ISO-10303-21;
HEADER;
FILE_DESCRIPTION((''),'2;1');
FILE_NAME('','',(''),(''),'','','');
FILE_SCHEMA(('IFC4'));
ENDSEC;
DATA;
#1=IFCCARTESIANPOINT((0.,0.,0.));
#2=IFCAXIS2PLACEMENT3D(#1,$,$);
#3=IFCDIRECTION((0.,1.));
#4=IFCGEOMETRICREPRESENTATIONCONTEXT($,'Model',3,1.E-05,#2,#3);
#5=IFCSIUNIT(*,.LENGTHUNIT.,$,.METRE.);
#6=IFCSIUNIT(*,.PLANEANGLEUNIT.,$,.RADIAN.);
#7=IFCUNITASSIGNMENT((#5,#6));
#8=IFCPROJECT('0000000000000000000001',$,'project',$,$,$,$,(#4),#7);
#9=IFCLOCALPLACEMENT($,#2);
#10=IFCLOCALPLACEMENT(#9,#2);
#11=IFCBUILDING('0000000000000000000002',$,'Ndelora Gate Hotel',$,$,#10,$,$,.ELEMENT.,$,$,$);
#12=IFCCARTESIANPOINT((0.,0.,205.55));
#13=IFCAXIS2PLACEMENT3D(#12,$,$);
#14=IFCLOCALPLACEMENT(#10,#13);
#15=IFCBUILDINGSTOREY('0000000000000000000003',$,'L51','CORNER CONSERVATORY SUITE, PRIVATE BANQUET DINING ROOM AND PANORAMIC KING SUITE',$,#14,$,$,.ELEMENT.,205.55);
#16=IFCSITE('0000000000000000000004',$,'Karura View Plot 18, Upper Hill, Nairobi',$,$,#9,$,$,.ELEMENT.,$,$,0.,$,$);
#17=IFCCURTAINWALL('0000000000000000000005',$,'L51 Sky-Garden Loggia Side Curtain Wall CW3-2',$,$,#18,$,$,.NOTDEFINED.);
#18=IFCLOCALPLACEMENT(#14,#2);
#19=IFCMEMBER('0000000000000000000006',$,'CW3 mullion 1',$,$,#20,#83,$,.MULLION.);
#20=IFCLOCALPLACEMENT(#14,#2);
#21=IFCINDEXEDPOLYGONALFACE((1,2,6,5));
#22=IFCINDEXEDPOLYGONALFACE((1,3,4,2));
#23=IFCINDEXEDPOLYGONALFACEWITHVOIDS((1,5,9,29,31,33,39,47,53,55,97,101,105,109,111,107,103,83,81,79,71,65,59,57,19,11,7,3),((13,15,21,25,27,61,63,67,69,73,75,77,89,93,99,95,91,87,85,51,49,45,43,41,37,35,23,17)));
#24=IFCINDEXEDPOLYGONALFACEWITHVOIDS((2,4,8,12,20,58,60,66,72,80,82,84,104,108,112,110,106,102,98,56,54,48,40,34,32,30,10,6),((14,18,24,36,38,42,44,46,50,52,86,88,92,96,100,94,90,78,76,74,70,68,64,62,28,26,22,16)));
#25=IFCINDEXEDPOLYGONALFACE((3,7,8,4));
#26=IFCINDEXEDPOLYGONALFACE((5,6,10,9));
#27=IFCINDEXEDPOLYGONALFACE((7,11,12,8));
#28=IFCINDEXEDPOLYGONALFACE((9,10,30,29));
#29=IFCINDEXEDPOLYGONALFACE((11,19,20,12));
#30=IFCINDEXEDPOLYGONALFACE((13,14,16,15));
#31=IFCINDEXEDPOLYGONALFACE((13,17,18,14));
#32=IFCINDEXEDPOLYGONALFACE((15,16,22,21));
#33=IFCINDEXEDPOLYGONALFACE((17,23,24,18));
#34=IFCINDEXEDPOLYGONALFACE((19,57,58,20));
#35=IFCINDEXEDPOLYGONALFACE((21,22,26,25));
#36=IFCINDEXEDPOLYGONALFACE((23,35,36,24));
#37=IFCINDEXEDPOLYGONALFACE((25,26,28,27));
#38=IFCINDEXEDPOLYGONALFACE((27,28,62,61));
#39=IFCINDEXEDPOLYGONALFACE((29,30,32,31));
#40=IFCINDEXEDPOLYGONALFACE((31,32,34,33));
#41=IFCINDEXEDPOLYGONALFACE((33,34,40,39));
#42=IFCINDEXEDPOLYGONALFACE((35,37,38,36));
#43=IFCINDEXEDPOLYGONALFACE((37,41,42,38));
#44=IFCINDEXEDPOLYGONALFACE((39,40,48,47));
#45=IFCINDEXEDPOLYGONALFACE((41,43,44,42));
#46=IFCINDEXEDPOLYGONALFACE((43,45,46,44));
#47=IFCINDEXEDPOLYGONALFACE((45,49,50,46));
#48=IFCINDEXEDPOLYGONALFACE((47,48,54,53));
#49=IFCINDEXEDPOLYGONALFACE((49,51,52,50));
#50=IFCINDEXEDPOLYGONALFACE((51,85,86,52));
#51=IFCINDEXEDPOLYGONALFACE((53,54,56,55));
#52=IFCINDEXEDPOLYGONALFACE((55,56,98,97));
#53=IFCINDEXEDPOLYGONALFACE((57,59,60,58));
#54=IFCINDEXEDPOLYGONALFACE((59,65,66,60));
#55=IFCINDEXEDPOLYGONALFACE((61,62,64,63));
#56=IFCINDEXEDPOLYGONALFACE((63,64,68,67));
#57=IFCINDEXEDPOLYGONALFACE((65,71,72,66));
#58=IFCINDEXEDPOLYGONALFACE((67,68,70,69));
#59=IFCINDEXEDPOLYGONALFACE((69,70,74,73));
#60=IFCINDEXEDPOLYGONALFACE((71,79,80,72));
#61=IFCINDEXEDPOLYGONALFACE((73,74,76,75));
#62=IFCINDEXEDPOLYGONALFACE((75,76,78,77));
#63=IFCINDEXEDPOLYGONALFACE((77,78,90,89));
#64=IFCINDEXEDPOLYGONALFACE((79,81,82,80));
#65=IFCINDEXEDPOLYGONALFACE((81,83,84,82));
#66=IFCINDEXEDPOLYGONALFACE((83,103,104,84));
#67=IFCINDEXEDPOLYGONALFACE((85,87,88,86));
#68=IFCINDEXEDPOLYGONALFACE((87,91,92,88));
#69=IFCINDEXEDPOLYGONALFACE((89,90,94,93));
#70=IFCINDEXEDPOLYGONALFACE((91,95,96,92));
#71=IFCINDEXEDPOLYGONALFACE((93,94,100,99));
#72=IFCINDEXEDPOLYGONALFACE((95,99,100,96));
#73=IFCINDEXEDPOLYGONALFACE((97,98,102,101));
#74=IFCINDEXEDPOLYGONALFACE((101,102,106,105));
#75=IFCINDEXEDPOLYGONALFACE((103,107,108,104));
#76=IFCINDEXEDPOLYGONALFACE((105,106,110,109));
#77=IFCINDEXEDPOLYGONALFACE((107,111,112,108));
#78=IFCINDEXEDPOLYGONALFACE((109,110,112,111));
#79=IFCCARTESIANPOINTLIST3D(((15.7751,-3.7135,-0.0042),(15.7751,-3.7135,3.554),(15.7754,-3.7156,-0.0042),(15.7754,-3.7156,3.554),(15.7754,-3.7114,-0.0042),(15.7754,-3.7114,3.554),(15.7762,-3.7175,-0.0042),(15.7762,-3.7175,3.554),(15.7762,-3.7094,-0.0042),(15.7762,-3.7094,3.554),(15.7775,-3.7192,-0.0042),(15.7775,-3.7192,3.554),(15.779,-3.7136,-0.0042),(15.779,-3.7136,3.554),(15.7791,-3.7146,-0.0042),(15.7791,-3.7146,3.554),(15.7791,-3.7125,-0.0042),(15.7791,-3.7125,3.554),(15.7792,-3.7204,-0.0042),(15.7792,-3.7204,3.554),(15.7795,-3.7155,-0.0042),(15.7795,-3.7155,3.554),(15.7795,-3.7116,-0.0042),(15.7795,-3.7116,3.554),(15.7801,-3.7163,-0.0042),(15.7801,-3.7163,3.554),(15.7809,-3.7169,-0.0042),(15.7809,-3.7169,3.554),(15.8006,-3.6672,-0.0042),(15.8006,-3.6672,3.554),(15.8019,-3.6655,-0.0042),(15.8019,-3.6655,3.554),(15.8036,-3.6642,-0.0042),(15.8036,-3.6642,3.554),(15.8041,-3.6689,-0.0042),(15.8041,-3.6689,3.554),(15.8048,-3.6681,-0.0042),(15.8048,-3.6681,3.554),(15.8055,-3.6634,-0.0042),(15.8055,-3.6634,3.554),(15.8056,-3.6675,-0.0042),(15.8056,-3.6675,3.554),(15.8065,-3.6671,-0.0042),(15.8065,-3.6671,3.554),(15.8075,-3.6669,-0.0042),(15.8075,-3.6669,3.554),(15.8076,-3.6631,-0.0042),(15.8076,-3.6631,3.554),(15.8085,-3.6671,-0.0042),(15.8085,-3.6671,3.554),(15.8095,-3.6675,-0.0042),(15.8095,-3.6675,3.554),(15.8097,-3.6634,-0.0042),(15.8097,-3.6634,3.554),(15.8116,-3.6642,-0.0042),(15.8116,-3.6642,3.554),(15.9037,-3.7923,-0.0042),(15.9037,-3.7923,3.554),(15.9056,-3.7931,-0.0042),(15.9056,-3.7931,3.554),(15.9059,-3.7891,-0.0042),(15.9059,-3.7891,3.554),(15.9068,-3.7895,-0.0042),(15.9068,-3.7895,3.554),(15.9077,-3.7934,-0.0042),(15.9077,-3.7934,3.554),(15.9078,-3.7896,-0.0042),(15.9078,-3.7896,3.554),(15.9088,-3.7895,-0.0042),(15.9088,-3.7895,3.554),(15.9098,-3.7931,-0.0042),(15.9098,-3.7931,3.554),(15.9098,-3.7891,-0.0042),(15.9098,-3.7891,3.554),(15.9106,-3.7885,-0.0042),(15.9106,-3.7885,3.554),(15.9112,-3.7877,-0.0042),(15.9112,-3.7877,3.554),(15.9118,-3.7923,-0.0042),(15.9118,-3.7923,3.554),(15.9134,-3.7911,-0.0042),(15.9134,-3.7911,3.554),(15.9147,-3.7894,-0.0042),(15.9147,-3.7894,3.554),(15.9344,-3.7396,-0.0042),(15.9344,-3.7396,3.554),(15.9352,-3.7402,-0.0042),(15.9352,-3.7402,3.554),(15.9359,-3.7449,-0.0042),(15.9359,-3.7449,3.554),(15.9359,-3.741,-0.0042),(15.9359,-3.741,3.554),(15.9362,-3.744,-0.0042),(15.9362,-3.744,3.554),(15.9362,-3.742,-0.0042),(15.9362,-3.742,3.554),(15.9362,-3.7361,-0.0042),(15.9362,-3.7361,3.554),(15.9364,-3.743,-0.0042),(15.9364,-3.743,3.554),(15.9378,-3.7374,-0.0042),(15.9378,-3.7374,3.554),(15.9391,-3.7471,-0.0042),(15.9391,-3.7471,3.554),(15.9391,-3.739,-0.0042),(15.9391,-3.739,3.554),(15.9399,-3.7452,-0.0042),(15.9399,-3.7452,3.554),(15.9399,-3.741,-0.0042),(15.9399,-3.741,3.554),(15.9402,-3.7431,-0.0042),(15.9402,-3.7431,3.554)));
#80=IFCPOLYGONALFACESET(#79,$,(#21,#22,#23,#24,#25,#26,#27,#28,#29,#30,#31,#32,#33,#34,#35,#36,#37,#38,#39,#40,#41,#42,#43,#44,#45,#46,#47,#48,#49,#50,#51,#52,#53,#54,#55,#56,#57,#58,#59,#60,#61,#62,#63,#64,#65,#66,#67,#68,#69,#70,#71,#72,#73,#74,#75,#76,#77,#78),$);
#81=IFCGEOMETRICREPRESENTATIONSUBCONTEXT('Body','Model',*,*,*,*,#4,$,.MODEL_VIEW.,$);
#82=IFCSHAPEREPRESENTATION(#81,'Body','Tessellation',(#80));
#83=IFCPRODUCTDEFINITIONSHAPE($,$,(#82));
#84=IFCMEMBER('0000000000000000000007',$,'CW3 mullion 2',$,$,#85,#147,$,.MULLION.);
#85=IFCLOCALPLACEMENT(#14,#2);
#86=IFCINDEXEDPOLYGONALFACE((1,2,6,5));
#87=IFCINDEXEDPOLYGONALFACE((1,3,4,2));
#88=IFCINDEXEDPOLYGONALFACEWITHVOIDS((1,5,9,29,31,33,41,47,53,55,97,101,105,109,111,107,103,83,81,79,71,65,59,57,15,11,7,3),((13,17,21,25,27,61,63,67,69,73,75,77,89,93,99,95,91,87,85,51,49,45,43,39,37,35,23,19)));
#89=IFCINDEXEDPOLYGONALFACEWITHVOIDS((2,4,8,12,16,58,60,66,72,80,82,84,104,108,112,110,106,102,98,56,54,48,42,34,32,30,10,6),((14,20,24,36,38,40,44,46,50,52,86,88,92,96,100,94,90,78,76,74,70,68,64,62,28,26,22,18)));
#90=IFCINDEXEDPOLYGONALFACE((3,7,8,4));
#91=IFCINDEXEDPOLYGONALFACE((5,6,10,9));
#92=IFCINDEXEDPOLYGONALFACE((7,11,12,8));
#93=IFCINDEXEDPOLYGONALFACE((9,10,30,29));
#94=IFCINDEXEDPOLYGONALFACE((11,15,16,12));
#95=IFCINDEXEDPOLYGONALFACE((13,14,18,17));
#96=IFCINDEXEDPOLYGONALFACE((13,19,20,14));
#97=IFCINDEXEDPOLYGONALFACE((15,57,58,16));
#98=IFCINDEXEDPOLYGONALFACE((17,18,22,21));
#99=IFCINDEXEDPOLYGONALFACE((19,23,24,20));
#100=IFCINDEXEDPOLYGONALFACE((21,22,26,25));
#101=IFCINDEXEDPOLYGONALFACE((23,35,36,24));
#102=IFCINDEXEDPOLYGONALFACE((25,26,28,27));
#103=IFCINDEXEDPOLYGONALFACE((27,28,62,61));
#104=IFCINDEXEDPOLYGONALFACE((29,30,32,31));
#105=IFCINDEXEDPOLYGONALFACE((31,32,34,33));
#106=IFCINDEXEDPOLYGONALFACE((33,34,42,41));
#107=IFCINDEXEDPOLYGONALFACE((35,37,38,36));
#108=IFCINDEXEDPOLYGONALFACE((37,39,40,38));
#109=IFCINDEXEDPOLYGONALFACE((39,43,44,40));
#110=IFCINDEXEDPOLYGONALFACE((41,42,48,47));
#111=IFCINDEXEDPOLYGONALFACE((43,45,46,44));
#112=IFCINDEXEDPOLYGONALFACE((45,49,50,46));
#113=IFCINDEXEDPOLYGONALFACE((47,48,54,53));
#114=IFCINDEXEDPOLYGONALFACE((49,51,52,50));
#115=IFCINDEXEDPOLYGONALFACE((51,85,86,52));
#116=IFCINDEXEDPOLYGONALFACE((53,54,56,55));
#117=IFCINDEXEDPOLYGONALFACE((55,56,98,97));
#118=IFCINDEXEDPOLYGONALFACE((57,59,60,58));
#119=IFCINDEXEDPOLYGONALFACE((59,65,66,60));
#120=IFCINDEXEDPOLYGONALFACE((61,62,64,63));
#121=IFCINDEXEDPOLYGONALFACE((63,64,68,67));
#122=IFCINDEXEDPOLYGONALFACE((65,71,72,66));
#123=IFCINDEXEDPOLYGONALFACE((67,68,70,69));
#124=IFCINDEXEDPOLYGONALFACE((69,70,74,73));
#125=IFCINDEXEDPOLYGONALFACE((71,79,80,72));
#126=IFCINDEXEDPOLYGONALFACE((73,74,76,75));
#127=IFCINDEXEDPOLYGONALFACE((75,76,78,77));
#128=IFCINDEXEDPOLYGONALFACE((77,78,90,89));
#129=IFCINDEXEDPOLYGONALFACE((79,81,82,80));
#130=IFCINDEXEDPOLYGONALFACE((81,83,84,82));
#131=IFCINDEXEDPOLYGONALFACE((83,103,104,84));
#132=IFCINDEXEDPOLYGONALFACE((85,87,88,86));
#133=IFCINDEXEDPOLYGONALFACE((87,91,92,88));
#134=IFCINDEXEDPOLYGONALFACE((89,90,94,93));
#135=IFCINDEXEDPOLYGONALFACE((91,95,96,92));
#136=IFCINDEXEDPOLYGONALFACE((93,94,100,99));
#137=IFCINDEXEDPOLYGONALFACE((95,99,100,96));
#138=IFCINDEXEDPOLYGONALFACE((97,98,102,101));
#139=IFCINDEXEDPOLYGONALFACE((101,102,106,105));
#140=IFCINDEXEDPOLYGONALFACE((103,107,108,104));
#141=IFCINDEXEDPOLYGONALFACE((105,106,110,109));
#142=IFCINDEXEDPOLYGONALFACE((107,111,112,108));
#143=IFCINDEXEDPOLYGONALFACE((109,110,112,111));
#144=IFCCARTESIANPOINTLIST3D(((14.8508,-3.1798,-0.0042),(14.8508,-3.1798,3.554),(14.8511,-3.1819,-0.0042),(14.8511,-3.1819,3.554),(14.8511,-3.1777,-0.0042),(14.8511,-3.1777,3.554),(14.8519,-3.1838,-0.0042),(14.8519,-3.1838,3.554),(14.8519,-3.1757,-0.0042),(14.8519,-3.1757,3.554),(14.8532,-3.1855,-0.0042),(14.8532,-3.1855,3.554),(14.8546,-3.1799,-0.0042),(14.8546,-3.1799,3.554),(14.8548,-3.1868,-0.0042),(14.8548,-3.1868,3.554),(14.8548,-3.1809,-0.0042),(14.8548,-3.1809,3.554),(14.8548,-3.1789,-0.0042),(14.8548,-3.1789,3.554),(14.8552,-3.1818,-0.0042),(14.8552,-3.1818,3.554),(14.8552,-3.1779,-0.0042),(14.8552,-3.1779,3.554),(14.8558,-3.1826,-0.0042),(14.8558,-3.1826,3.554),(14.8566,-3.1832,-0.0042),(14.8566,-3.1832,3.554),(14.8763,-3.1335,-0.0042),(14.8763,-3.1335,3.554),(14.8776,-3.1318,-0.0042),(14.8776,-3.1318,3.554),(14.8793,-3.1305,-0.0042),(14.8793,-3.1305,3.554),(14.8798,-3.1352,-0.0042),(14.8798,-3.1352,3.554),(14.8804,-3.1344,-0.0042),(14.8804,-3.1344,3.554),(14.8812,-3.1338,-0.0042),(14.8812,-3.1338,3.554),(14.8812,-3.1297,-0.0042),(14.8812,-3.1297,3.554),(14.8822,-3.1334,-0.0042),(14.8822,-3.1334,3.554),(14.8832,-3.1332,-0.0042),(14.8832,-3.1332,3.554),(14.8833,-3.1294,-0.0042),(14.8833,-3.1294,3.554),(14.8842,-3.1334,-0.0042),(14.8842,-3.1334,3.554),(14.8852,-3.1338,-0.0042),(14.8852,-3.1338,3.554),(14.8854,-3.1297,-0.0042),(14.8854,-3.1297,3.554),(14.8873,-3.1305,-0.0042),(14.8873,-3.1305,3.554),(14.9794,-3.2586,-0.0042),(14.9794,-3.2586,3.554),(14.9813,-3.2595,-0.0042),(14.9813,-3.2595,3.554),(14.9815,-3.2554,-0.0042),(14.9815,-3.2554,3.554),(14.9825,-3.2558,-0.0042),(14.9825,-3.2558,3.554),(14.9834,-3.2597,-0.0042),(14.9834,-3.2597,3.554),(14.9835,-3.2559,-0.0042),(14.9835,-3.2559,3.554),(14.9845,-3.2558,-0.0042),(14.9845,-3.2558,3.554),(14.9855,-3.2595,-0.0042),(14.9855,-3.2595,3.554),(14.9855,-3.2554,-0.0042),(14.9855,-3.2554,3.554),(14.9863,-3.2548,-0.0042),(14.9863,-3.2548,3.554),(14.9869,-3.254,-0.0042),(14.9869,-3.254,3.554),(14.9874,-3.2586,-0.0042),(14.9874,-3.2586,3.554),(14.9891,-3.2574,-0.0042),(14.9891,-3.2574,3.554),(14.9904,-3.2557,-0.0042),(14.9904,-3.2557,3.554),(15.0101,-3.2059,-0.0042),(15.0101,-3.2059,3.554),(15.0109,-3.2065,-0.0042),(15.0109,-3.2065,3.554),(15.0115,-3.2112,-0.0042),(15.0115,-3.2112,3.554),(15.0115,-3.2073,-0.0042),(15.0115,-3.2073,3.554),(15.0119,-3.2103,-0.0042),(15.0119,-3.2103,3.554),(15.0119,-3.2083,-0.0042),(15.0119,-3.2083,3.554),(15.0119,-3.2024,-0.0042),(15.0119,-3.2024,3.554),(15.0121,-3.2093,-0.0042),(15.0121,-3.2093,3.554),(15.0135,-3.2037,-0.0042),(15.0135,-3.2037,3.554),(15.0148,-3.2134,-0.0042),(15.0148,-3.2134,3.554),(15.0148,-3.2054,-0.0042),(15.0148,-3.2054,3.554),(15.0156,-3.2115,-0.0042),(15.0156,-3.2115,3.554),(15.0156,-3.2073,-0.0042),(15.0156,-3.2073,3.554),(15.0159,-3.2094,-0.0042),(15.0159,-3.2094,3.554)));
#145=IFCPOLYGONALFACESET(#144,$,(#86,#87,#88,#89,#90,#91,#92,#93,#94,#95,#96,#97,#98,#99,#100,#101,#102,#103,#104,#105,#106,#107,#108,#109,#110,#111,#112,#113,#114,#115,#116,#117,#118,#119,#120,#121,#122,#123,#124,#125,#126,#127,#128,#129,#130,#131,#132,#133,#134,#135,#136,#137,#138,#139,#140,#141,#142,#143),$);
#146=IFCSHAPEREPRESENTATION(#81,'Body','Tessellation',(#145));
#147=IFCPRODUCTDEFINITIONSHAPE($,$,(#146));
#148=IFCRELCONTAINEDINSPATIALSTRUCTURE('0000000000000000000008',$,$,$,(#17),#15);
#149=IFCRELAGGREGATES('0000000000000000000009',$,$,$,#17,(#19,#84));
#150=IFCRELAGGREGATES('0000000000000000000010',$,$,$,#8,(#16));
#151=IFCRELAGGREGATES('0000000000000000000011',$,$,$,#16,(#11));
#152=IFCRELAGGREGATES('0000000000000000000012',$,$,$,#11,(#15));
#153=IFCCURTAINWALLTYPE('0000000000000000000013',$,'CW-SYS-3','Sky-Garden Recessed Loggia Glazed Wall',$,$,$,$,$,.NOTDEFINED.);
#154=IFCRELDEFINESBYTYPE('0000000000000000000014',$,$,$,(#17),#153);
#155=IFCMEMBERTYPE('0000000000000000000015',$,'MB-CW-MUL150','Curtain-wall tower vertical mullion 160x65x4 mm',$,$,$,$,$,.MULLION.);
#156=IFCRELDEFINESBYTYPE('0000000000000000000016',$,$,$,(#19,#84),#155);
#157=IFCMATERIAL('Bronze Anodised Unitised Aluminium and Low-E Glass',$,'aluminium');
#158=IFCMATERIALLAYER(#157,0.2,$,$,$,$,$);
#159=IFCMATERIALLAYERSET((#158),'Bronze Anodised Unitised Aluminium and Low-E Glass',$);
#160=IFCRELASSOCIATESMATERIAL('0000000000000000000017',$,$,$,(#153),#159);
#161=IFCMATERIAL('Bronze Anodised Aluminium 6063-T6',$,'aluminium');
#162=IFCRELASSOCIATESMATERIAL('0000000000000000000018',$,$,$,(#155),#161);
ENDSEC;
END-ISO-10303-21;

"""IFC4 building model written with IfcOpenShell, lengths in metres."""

from ifc_helpers import new_model, si_unit, direction, frame, origin, origin_2d, place, context, subcontext, project, spatial, hollow_rectangle, extrude, material, layer, layer_set, material_profile, profile_set, type_object, element, aggregate, save


model = new_model("IFC4")

# Units and contexts
model_context = context("Model", 3, precision=1e-05, world=origin(), true_north=direction((0.0, 1.0)))
body_context = subcontext(model_context, "Body", "Model", "MODEL_VIEW")
ifc_project = project(units=[si_unit("LENGTHUNIT", "METRE"), si_unit("PLANEANGLEUNIT", "RADIAN")], contexts=[model_context])

# Site, building, storey
site_placement = place(None, origin())
site = spatial("IfcSite", under=ifc_project, at=site_placement, Name="Karura View Plot 18, Upper Hill, Nairobi", CompositionType="ELEMENT", RefElevation=0.0)
building_placement = place(site_placement, origin())
building = spatial("IfcBuilding", under=site, at=building_placement, Name="Ndelora Gate Hotel", CompositionType="ELEMENT")
storey_placement = place(building_placement, frame((0.0, 0.0, 205.55)))
storey = spatial("IfcBuildingStorey", under=building, at=storey_placement, Name="L51", Description="CORNER CONSERVATORY SUITE, PRIVATE BANQUET DINING ROOM AND PANORAMIC KING SUITE", CompositionType="ELEMENT", Elevation=205.55)

# Curtain wall, members
ifc_material_1 = material(Name="Bronze Anodised Unitised Aluminium and Low-E Glass", Category="aluminium")
ifc_layer_1 = layer(ifc_material_1, 0.2)
ifc_layer_set_1 = layer_set([ifc_layer_1], Name="Bronze Anodised Unitised Aluminium and Low-E Glass")
curtain_wall_type = type_object("IfcCurtainWallType", Name="CW-SYS-3", Description="Sky-Garden Recessed Loggia Glazed Wall", PredefinedType="NOTDEFINED", material=ifc_layer_set_1)
curtain_wall_placement = place(storey_placement, origin())
curtain_wall = element("IfcCurtainWall", 1, at=curtain_wall_placement, inside=storey, type_object=curtain_wall_type, Name="L51 Sky-Garden Loggia Side Curtain Wall CW3-2", PredefinedType="NOTDEFINED")
ifc_material_2 = material(Name="Bronze Anodised Aluminium 6063-T6", Category="aluminium")
ifc_material_profile_1 = material_profile(ifc_material_2, hollow_rectangle(XDim=0.0649, YDim=0.1599, WallThickness=0.0039, InnerFilletRadius=0.0039, OuterFilletRadius=0.0081, at=origin_2d()), Name="ALU 160x65x4")
ifc_profile_set_1 = profile_set([ifc_material_profile_1], Name="Bronze Anodised Aluminium 6063-T6")
member_type_1 = type_object("IfcMemberType", Name="MB-CW-MUL150", Description="Curtain-wall tower vertical mullion 160x65x4 mm", PredefinedType="MULLION", material=ifc_profile_set_1)
member_1_placement = place(storey_placement, frame((15.8577, -3.7283, -0.0042), z_axis=(0.0, 0.0, 1.0), x_axis=(-0.499991, -0.86603, 0.0)))
member_1 = element("IfcMember", 2, at=member_1_placement, type_object=member_type_1, Name="CW3 mullion 1", PredefinedType="MULLION", context=body_context, shape_type="SweptSolid", body=[
    extrude(hollow_rectangle(XDim=0.0649, YDim=0.1599, WallThickness=0.0039, InnerFilletRadius=0.0039, OuterFilletRadius=0.0081, at=origin_2d()), origin(), (0.0, 0.0, 1.0), 3.5581),
])
member_2_placement = place(storey_placement, frame((14.9333, -3.1946, -0.0042), z_axis=(0.0, 0.0, 1.0), x_axis=(-0.499991, -0.86603, 0.0)))
member_2 = element("IfcMember", 3, at=member_2_placement, type_object=member_type_1, Name="CW3 mullion 2", PredefinedType="MULLION", context=body_context, shape_type="SweptSolid", body=[
    extrude(hollow_rectangle(XDim=0.0649, YDim=0.1599, WallThickness=0.0039, InnerFilletRadius=0.0039, OuterFilletRadius=0.0081, at=origin_2d()), origin(), (0.0, 0.0, 1.0), 3.5581),
])
aggregate(curtain_wall, [member_1, member_2])

save(model, "model.ifc")
